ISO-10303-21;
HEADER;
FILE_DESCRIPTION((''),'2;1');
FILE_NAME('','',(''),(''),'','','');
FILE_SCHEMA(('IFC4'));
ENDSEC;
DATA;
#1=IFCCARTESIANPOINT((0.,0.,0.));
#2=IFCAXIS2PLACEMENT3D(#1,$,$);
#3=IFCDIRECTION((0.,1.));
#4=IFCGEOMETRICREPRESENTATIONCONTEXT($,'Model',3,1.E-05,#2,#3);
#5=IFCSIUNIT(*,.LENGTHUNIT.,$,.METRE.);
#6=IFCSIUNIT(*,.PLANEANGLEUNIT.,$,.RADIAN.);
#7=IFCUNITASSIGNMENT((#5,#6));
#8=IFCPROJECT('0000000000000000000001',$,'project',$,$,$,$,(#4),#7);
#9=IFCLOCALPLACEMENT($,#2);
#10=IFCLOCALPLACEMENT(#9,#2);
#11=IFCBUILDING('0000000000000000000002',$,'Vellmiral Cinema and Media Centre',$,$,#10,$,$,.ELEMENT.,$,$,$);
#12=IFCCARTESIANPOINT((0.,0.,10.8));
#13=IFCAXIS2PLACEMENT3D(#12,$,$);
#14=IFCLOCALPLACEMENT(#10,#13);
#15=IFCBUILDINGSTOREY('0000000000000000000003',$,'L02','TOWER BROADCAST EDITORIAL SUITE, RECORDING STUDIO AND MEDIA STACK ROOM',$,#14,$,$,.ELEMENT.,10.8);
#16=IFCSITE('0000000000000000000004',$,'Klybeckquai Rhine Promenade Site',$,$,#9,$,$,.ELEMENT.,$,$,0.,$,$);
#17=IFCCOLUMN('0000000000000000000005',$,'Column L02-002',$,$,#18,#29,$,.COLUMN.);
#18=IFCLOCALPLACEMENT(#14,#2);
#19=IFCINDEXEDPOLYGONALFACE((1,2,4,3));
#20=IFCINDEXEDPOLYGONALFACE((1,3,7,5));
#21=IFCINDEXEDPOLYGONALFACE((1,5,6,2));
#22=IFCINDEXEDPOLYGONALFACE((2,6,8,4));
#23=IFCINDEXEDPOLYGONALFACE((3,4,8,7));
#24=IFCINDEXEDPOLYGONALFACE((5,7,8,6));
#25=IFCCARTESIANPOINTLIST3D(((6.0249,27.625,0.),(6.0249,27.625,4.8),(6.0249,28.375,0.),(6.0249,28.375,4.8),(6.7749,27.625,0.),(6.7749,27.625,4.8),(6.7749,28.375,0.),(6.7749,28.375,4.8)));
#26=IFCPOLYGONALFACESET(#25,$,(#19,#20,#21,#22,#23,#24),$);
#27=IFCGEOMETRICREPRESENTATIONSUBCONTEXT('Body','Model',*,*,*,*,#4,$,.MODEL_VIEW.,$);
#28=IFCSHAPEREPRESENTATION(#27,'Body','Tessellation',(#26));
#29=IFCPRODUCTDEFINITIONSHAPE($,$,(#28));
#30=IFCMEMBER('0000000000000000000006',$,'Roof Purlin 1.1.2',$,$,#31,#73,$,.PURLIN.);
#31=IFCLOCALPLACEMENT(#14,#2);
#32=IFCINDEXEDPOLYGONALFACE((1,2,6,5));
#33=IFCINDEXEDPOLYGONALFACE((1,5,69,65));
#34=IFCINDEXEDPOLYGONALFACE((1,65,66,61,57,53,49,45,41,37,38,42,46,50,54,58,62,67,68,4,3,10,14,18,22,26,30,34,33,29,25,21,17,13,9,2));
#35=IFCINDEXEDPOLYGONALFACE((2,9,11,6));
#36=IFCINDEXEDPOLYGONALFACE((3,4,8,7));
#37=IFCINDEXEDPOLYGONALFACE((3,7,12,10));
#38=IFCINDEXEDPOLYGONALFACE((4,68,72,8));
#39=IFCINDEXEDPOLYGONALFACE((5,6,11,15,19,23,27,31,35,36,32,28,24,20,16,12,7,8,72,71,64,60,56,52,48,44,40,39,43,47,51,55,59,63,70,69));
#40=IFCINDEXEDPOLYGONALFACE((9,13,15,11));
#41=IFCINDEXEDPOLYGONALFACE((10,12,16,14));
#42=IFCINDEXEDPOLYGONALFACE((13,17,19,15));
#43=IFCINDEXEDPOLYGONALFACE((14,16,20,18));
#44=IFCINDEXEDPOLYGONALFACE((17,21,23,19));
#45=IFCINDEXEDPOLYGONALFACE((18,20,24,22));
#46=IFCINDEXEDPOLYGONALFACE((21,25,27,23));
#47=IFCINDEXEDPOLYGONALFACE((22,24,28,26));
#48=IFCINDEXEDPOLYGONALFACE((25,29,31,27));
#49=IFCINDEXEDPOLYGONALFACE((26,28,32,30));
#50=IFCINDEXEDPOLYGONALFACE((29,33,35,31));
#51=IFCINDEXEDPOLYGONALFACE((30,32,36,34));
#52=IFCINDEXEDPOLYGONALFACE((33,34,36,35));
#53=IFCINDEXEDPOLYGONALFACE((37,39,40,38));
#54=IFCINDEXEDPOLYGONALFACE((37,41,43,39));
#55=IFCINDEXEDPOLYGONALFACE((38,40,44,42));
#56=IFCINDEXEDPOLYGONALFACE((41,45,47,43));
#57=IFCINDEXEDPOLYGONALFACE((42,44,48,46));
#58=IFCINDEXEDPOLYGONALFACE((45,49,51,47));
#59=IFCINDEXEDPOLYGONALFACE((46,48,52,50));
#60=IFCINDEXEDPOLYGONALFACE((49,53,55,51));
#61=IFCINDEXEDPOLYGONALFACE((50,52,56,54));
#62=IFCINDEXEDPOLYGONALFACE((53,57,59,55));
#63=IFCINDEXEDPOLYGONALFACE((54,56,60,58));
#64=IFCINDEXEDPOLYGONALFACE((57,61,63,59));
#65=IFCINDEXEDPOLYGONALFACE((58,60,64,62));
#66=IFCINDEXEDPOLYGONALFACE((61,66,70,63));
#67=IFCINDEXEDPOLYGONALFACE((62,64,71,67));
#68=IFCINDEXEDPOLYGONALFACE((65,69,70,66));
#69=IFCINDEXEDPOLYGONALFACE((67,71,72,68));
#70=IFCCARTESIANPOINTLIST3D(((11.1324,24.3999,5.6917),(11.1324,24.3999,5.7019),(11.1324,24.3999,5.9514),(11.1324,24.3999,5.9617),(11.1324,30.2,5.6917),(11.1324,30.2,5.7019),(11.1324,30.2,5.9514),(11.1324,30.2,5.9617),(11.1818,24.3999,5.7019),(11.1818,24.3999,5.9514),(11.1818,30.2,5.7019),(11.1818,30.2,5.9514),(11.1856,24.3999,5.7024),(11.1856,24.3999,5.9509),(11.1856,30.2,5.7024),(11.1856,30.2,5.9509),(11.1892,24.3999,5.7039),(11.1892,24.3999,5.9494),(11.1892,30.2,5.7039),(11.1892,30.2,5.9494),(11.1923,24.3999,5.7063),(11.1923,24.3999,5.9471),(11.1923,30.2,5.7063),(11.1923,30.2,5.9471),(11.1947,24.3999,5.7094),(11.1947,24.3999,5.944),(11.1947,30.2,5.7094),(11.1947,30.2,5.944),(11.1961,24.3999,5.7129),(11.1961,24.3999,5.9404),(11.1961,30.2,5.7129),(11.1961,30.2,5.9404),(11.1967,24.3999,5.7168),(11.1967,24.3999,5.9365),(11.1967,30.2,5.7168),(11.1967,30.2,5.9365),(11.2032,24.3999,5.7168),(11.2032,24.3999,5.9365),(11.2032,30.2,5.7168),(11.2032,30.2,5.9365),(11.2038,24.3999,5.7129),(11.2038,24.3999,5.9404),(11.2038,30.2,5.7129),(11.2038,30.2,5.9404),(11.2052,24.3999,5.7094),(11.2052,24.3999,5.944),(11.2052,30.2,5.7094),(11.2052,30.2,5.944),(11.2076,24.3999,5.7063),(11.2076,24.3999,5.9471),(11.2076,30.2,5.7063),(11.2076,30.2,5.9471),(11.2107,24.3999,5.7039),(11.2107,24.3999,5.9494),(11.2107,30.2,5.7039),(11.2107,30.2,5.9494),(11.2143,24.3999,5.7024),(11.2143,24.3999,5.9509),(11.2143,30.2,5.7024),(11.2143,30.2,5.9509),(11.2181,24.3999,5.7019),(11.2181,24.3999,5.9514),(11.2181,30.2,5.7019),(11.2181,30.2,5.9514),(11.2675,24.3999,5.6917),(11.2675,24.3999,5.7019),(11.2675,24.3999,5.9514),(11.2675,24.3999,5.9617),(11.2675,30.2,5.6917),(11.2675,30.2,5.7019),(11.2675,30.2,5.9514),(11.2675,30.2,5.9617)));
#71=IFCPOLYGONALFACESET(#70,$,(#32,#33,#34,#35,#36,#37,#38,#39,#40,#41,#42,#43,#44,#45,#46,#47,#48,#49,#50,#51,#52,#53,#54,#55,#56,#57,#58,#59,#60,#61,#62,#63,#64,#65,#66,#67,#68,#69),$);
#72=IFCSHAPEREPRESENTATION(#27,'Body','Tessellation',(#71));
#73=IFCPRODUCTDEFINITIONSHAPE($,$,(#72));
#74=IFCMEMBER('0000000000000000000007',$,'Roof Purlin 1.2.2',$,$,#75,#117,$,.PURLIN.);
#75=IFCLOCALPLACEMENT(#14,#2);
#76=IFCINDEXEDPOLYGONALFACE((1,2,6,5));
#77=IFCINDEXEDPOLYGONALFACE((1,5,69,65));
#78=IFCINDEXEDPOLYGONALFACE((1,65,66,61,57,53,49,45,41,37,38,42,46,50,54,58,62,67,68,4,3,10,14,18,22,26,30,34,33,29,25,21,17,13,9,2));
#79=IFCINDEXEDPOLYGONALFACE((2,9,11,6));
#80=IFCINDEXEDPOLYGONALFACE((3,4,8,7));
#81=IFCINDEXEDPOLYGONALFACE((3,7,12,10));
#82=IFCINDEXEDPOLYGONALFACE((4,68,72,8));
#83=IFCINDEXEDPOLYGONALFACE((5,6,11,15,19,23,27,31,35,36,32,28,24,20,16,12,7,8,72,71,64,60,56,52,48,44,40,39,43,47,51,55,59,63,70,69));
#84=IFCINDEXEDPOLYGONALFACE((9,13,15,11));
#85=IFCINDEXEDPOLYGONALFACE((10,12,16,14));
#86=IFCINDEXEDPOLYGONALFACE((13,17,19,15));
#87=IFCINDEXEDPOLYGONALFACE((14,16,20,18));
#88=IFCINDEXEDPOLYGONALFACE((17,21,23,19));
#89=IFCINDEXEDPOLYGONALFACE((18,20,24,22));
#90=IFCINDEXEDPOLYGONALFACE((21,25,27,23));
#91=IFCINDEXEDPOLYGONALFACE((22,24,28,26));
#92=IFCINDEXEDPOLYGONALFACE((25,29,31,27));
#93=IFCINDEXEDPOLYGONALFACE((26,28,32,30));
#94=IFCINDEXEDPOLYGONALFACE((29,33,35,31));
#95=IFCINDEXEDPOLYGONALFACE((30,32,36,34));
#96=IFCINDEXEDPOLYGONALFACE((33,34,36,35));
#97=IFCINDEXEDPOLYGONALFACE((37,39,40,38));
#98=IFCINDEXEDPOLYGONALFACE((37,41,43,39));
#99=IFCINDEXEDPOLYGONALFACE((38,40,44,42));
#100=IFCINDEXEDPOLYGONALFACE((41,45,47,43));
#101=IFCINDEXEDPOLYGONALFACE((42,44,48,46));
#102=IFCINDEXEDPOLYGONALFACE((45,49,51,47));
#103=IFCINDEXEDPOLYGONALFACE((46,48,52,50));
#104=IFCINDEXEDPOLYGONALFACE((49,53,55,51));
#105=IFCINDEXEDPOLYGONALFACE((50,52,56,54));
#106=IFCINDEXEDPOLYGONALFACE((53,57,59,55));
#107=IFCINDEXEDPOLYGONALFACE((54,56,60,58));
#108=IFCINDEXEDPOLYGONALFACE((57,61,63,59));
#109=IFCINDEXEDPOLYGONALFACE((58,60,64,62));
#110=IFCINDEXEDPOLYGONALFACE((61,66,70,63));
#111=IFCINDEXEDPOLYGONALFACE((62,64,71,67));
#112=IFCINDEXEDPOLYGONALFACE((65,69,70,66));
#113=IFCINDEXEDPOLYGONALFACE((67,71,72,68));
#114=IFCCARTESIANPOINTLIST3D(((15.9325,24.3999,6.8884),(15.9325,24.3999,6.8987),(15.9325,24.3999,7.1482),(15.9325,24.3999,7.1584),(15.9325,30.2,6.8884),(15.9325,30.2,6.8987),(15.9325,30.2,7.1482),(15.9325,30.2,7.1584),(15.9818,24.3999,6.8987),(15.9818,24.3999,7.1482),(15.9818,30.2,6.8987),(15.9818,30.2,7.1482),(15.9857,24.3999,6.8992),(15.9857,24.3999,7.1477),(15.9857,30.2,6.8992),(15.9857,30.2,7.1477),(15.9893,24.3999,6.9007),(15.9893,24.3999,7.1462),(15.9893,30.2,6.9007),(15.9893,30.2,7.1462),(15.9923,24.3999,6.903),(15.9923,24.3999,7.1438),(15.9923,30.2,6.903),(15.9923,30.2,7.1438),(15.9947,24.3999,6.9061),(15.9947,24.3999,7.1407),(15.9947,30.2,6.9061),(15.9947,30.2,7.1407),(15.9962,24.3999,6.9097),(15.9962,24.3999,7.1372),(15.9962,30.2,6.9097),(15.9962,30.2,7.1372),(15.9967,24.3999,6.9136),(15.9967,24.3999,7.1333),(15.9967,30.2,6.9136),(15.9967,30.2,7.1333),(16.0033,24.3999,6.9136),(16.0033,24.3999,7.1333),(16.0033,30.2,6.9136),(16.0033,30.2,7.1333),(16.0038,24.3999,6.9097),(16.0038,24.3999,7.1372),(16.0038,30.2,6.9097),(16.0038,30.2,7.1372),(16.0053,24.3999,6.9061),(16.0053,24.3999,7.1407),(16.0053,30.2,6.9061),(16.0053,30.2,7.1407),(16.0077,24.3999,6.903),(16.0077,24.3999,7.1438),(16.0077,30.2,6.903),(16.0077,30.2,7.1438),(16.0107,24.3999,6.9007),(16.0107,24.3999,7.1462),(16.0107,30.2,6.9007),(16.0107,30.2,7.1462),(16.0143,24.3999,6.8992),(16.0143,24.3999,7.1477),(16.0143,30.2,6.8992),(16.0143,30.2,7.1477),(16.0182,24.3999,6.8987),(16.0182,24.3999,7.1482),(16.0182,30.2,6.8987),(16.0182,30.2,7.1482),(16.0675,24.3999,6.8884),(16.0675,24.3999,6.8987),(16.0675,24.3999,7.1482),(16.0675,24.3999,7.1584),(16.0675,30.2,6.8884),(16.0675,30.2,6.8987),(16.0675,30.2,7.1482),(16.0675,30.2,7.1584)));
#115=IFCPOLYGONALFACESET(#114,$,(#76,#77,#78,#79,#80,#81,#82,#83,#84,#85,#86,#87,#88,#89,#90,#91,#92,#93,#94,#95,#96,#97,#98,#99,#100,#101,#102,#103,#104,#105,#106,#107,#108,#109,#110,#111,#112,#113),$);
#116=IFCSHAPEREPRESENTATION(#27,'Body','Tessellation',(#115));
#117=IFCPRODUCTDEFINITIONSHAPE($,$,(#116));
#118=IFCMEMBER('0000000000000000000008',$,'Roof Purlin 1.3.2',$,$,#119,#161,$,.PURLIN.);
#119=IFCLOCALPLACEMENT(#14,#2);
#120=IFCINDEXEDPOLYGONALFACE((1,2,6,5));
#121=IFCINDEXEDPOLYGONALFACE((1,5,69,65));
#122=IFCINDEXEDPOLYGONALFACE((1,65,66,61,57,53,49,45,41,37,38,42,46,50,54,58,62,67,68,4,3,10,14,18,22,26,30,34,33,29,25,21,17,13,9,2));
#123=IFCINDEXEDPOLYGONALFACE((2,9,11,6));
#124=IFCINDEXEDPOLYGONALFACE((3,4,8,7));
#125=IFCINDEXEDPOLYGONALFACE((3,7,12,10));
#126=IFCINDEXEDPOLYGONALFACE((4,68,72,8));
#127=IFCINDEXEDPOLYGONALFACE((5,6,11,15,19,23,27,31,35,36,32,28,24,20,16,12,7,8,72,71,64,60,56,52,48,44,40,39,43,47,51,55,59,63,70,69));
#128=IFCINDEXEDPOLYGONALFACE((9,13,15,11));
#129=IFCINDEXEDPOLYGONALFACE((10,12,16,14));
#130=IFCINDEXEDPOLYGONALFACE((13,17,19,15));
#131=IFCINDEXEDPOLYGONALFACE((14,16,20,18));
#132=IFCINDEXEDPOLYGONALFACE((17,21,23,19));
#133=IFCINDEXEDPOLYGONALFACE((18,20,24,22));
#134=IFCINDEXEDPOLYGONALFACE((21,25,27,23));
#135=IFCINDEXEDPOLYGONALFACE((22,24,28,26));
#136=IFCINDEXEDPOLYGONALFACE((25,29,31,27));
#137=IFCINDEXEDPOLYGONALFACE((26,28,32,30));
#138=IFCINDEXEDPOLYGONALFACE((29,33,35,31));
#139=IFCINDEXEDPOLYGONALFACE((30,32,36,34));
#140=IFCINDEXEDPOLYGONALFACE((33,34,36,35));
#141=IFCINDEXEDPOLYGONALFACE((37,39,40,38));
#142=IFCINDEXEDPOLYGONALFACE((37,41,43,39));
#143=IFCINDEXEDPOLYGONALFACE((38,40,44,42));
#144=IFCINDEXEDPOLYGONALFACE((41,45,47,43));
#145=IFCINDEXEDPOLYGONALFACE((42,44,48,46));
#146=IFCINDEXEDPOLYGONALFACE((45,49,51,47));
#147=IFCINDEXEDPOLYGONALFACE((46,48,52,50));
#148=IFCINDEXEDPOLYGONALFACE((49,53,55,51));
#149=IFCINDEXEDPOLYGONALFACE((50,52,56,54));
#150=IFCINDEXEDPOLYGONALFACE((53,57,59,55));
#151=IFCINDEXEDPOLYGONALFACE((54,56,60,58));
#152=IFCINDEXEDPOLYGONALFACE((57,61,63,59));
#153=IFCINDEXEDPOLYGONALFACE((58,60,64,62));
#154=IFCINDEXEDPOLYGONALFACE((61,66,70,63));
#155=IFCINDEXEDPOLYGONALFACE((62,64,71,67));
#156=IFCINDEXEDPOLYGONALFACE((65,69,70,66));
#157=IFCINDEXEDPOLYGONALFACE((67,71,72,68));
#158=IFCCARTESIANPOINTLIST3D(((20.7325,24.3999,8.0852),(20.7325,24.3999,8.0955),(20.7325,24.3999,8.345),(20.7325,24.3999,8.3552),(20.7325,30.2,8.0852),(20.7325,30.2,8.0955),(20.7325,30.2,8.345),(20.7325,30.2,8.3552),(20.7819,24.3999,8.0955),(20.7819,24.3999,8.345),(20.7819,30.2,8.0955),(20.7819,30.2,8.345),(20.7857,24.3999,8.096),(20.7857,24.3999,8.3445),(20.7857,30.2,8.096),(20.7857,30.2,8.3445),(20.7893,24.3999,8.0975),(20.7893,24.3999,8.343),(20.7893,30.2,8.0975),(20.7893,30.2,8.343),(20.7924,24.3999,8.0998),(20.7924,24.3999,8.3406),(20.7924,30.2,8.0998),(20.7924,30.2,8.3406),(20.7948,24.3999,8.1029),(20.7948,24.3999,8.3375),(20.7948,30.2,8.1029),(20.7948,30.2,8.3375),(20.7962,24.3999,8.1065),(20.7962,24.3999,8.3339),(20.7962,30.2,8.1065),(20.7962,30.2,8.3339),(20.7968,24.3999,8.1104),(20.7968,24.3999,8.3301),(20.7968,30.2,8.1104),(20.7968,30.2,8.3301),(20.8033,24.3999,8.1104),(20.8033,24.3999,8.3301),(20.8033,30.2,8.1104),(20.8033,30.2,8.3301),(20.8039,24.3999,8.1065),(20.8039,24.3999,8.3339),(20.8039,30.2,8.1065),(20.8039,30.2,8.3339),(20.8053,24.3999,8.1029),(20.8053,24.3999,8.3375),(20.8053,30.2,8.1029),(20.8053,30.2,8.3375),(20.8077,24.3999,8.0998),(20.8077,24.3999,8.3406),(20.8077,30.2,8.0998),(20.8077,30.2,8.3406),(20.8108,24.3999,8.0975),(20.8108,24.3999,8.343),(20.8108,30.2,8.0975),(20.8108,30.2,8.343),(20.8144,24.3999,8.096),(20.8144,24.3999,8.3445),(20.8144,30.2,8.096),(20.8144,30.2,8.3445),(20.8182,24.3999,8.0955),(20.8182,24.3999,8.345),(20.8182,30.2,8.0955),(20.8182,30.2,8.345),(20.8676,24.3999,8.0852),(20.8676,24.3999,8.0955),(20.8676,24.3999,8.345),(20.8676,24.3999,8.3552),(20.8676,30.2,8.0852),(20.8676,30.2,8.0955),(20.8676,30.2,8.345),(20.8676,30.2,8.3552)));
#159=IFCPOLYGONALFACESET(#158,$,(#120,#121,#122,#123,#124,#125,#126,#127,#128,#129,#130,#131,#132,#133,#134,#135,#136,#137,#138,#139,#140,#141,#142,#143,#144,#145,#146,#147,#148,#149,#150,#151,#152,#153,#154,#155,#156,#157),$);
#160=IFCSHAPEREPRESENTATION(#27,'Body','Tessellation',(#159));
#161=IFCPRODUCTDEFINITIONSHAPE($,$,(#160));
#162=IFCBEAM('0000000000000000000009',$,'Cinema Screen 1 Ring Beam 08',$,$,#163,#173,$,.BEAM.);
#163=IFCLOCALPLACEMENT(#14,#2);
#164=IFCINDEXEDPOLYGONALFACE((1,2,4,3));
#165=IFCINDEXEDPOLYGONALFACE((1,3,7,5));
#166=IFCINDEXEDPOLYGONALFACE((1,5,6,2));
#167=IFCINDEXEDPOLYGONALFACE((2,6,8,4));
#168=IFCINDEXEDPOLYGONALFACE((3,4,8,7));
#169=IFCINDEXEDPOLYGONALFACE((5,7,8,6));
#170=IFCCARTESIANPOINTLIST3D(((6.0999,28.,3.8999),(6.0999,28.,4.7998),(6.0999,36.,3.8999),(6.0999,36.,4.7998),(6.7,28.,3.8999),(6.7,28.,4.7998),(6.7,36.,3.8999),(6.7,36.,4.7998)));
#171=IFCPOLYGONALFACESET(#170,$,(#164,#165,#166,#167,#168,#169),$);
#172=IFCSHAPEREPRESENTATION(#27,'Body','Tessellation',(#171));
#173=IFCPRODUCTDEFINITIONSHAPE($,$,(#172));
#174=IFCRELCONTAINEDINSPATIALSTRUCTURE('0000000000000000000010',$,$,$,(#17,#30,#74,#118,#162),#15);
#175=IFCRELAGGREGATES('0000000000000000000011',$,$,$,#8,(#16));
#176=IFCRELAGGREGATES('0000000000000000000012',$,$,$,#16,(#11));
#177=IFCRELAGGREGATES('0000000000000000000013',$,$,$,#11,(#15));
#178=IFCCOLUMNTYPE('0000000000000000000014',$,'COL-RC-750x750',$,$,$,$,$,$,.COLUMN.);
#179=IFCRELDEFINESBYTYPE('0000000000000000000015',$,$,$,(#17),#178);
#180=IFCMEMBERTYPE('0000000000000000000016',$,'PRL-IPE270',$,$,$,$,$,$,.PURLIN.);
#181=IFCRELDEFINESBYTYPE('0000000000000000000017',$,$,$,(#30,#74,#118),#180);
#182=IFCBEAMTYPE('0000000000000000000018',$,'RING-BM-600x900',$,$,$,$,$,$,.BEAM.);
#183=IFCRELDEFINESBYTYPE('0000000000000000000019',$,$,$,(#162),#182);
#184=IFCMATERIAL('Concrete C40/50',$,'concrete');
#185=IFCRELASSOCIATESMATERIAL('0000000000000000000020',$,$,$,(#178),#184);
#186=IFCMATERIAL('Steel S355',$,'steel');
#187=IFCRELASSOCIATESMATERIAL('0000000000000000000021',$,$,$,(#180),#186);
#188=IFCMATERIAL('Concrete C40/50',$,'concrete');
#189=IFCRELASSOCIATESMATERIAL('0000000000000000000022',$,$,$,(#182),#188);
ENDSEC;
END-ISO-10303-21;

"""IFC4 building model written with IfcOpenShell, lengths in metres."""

from ifc_helpers import new_model, si_unit, direction, frame, origin, origin_2d, place, context, subcontext, project, spatial, rectangle, i_section, extrude, material, material_profile, profile_set, type_object, element, save


model = new_model("IFC4")

# Units and contexts
model_context = context("Model", 3, precision=1e-05, world=origin(), true_north=direction((0.0, 1.0)))
body_context = subcontext(model_context, "Body", "Model", "MODEL_VIEW")
ifc_project = project(units=[si_unit("LENGTHUNIT", "METRE"), si_unit("PLANEANGLEUNIT", "RADIAN")], contexts=[model_context])

# Site, building, storey
site_placement = place(None, origin())
site = spatial("IfcSite", under=ifc_project, at=site_placement, Name="Klybeckquai Rhine Promenade Site", CompositionType="ELEMENT", RefElevation=0.0)
building_placement = place(site_placement, origin())
building = spatial("IfcBuilding", under=site, at=building_placement, Name="Vellmiral Cinema and Media Centre", CompositionType="ELEMENT")
storey_placement = place(building_placement, frame((0.0, 0.0, 10.8)))
storey = spatial("IfcBuildingStorey", under=building, at=storey_placement, Name="L02", Description="TOWER BROADCAST EDITORIAL SUITE, RECORDING STUDIO AND MEDIA STACK ROOM", CompositionType="ELEMENT", Elevation=10.8)

# Column
ifc_material_1 = material(Name="Concrete C40/50", Category="concrete")
ifc_material_profile_1 = material_profile(ifc_material_1, rectangle(XDim=0.75, YDim=0.75, at=origin_2d()), Name="RC 750x750")
ifc_profile_set_1 = profile_set([ifc_material_profile_1], Name="Concrete C40/50")
column_type = type_object("IfcColumnType", Name="COL-RC-750x750", PredefinedType="COLUMN", material=ifc_profile_set_1)
column_placement = place(storey_placement, frame((6.3999, 28.0, 0.0), z_axis=(0.0, 0.0, 1.0), x_axis=(1.0, 0.0, 0.0)))
element("IfcColumn", 1, at=column_placement, inside=storey, type_object=column_type, Name="Column L02-002", PredefinedType="COLUMN", context=body_context, shape_type="SweptSolid", body=[
    extrude(rectangle(XDim=0.75, YDim=0.75, at=origin_2d()), origin(), (0.0, 0.0, 1.0), 4.8),
])

# Members
ifc_material_2 = material(Name="Steel S355", Category="steel")
ifc_material_profile_2 = material_profile(ifc_material_2, i_section(OverallWidth=0.135, OverallDepth=0.27, WebThickness=0.0066, FlangeThickness=0.0103, FilletRadius=0.0149, at=origin_2d()), Name="IPE 270")
ifc_profile_set_2 = profile_set([ifc_material_profile_2], Name="Steel S355")
member_type_1 = type_object("IfcMemberType", Name="PRL-IPE270", PredefinedType="PURLIN", material=ifc_profile_set_2)
for number, where, z_axis, x_axis, name in (
    (2, (11.2, 24.3999, 5.8267), (0.0, 1.0, 0.0), (-1.0, 0.0, 0.0), "Roof Purlin 1.1.2"),
    (3, (16.0, 24.3999, 7.0234), (0.0, 1.0, 0.0), (-1.0, 0.0, 0.0), "Roof Purlin 1.2.2"),
    (4, (20.8, 24.3999, 8.2202), (0.0, 1.0, 0.0), (-1.0, 0.0, 0.0), "Roof Purlin 1.3.2"),
):
    element("IfcMember", number, at=place(storey_placement, frame(where, z_axis=z_axis, x_axis=x_axis)), inside=storey, type_object=member_type_1, Name=name, PredefinedType="PURLIN", context=body_context, shape_type="SweptSolid", body=[
        extrude(i_section(OverallWidth=0.135, OverallDepth=0.27, WebThickness=0.0066, FlangeThickness=0.0103, FilletRadius=0.0149, at=origin_2d()), origin(), (0.0, 0.0, 1.0), 5.8),
    ])

# Beam
ifc_material_3 = material(Name="Concrete C40/50", Category="concrete")
ifc_material_profile_3 = material_profile(ifc_material_3, rectangle(XDim=0.6001, YDim=0.8999, at=origin_2d()), Name="RC 600x900")
ifc_profile_set_3 = profile_set([ifc_material_profile_3], Name="Concrete C40/50")
beam_type = type_object("IfcBeamType", Name="RING-BM-600x900", PredefinedType="BEAM", material=ifc_profile_set_3)
beam_placement = place(storey_placement, frame((6.3999, 28.0, 4.3499), z_axis=(0.0, 1.0, 0.0), x_axis=(-1.0, 0.0, 0.0)))
element("IfcBeam", 5, at=beam_placement, inside=storey, type_object=beam_type, Name="Cinema Screen 1 Ring Beam 08", PredefinedType="BEAM", context=body_context, shape_type="SweptSolid", body=[
    extrude(rectangle(XDim=0.6001, YDim=0.8999, at=origin_2d()), origin(), (0.0, 0.0, 1.0), 8.0),
])

save(model, "model.ifc")
